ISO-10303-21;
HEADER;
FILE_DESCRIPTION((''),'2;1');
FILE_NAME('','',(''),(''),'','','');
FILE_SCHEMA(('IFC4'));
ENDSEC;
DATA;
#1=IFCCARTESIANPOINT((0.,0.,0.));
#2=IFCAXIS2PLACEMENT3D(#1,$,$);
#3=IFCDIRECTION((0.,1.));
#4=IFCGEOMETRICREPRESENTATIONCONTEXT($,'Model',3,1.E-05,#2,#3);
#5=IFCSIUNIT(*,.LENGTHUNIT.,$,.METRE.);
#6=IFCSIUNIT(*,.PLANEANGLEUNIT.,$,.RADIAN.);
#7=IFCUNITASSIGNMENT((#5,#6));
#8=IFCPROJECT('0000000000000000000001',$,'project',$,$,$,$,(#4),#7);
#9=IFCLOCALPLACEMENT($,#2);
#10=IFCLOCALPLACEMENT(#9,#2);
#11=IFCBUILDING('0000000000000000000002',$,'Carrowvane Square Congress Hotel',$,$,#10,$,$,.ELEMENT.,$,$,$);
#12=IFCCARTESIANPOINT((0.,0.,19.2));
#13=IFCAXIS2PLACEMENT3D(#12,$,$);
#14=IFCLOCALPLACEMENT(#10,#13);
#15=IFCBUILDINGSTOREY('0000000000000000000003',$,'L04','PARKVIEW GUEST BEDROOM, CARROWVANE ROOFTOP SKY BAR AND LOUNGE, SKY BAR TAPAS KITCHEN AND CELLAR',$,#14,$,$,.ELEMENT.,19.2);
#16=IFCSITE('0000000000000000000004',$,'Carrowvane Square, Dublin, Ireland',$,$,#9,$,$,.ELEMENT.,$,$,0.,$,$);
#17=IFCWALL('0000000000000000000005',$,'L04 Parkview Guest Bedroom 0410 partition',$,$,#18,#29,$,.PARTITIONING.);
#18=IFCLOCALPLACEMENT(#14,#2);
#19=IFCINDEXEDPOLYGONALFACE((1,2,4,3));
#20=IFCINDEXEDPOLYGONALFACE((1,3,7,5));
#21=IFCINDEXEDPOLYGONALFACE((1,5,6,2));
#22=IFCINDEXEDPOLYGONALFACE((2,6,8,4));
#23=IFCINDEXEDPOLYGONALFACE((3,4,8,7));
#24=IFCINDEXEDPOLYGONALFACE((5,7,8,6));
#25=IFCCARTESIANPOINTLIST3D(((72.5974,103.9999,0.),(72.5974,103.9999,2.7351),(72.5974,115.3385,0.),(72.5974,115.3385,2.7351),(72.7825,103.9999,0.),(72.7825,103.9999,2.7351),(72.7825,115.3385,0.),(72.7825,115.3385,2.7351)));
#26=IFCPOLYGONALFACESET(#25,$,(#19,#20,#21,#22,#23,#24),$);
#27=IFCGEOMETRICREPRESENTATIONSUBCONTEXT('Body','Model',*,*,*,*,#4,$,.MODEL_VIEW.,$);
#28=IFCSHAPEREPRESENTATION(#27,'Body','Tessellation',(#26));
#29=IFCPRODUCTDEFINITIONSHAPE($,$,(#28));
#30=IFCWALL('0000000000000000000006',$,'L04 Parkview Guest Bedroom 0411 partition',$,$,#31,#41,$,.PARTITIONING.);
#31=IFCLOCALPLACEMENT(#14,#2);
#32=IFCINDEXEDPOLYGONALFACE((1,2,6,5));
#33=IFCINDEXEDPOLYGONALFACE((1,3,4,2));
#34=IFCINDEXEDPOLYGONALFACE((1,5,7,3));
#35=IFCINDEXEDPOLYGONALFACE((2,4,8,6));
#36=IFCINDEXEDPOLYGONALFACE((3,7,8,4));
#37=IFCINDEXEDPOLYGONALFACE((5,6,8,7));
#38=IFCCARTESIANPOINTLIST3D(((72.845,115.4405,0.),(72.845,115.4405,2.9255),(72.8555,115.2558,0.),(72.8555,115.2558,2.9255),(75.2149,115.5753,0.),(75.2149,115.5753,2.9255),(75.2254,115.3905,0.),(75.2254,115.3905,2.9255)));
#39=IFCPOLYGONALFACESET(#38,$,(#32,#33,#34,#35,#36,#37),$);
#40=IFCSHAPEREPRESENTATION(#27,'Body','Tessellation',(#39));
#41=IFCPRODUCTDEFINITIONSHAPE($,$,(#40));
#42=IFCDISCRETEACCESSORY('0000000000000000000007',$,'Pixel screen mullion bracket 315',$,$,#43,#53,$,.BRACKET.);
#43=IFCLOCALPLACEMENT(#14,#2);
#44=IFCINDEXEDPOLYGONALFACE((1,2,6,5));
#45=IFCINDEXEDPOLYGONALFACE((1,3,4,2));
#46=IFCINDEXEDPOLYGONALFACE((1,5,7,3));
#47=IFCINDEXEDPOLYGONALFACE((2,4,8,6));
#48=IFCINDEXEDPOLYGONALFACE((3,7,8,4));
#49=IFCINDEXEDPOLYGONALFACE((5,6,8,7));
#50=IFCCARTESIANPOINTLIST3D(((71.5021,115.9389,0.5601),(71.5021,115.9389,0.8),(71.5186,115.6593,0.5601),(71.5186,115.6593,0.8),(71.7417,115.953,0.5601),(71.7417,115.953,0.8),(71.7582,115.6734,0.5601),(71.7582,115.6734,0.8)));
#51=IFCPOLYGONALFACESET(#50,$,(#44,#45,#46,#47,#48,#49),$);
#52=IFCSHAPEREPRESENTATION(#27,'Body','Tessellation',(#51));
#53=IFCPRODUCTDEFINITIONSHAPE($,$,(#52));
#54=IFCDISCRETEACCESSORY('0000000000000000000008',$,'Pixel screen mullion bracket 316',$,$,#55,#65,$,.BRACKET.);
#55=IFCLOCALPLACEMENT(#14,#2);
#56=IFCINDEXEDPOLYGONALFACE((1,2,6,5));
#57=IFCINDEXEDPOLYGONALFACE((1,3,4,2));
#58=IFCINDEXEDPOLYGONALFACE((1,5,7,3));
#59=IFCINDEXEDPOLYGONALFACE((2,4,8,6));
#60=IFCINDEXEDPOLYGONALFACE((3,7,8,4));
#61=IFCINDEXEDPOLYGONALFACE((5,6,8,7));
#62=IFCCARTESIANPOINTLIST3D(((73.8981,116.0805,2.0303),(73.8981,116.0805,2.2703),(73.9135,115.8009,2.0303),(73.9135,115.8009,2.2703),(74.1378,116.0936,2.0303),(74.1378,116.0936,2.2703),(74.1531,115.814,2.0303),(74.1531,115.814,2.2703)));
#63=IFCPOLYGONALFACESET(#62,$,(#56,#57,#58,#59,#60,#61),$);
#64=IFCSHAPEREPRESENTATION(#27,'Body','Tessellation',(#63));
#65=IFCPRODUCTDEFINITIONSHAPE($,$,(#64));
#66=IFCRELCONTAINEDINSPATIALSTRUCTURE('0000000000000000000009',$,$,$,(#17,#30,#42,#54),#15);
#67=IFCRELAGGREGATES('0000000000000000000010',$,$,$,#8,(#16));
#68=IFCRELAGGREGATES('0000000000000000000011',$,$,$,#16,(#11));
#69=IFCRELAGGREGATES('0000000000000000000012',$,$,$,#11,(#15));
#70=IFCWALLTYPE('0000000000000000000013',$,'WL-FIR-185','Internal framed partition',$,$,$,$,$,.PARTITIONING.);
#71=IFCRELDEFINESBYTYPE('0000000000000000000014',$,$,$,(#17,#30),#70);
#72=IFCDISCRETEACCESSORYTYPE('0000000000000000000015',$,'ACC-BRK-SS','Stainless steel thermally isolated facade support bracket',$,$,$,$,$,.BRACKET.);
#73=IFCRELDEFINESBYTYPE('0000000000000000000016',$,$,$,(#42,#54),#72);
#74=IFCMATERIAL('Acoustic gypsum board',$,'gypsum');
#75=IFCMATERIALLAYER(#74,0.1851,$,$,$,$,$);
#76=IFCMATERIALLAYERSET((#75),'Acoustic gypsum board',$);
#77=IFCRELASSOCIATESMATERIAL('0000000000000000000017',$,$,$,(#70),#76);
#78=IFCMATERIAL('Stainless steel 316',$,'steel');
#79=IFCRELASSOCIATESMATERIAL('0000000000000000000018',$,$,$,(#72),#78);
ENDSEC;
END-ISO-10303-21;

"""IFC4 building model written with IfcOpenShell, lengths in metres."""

from ifc_helpers import new_model, si_unit, direction, frame, frame_2d, origin, origin_2d, place, context, subcontext, project, spatial, rectangle, extrude, material, layer, layer_set, type_object, element, save


model = new_model("IFC4")

# Units and contexts
model_context = context("Model", 3, precision=1e-05, world=origin(), true_north=direction((0.0, 1.0)))
body_context = subcontext(model_context, "Body", "Model", "MODEL_VIEW")
ifc_project = project(units=[si_unit("LENGTHUNIT", "METRE"), si_unit("PLANEANGLEUNIT", "RADIAN")], contexts=[model_context])

# Site, building, storey
site_placement = place(None, origin())
site = spatial("IfcSite", under=ifc_project, at=site_placement, Name="Carrowvane Square, Dublin, Ireland", CompositionType="ELEMENT", RefElevation=0.0)
building_placement = place(site_placement, origin())
building = spatial("IfcBuilding", under=site, at=building_placement, Name="Carrowvane Square Congress Hotel", CompositionType="ELEMENT")
storey_placement = place(building_placement, frame((0.0, 0.0, 19.2)))
storey = spatial("IfcBuildingStorey", under=building, at=storey_placement, Name="L04", Description="PARKVIEW GUEST BEDROOM, CARROWVANE ROOFTOP SKY BAR AND LOUNGE, SKY BAR TAPAS KITCHEN AND CELLAR", CompositionType="ELEMENT", Elevation=19.2)

# Walls
ifc_material_1 = material(Name="Acoustic gypsum board", Category="gypsum")
ifc_layer_1 = layer(ifc_material_1, 0.1851)
ifc_layer_set_1 = layer_set([ifc_layer_1], Name="Acoustic gypsum board")
wall_type_1 = type_object("IfcWallType", Name="WL-FIR-185", Description="Internal framed partition", PredefinedType="PARTITIONING", material=ifc_layer_set_1)
wall_1_placement = place(storey_placement, frame((72.6899, 115.3386, 0.0), z_axis=(0.0, 0.0, 1.0), x_axis=(0.0, -1.0, 0.0)))
element("IfcWall", 1, at=wall_1_placement, inside=storey, type_object=wall_type_1, Name="L04 Parkview Guest Bedroom 0410 partition", PredefinedType="PARTITIONING", context=body_context, shape_type="SweptSolid", body=[
    extrude(rectangle(XDim=11.3386, YDim=0.1851, at=frame_2d((5.6694, 0.0))), origin(), (0.0, 0.0, 1.0), 2.7351),
])
wall_2_placement = place(storey_placement, frame((72.8501, 115.3481, 0.0), z_axis=(0.0, 0.0, 1.0), x_axis=(0.998387, 0.056774, 0.0)))
element("IfcWall", 2, at=wall_2_placement, inside=storey, type_object=wall_type_1, Name="L04 Parkview Guest Bedroom 0411 partition", PredefinedType="PARTITIONING", context=body_context, shape_type="SweptSolid", body=[
    extrude(rectangle(XDim=2.3738, YDim=0.1851, at=frame_2d((1.187, 0.0))), origin(), (0.0, 0.0, 1.0), 2.9255),
])

# Discrete accessories
ifc_material_2 = material(Name="Stainless steel 316", Category="steel")
discrete_accessory_type = type_object("IfcDiscreteAccessoryType", Name="ACC-BRK-SS", Description="Stainless steel thermally isolated facade support bracket", PredefinedType="BRACKET", material=ifc_material_2)
for number, where, z_axis, x_axis, name in (
    (3, (71.6301, 115.8062, 0.5601), (0.0, 0.0, 1.0), (0.998267, 0.058852, 0.0), "Pixel screen mullion bracket 315"),
    (4, (74.0256, 115.9473, 2.0303), (0.0, 0.0, 1.0), (0.998497, 0.054815, 0.0), "Pixel screen mullion bracket 316"),
):
    element("IfcDiscreteAccessory", number, at=place(storey_placement, frame(where, z_axis=z_axis, x_axis=x_axis)), inside=storey, type_object=discrete_accessory_type, Name=name, PredefinedType="BRACKET", context=body_context, shape_type="SweptSolid", body=[
        extrude(rectangle(XDim=0.24, YDim=0.28, at=origin_2d()), origin(), (0.0, 0.0, 1.0), 0.24),
    ])

save(model, "model.ifc")
